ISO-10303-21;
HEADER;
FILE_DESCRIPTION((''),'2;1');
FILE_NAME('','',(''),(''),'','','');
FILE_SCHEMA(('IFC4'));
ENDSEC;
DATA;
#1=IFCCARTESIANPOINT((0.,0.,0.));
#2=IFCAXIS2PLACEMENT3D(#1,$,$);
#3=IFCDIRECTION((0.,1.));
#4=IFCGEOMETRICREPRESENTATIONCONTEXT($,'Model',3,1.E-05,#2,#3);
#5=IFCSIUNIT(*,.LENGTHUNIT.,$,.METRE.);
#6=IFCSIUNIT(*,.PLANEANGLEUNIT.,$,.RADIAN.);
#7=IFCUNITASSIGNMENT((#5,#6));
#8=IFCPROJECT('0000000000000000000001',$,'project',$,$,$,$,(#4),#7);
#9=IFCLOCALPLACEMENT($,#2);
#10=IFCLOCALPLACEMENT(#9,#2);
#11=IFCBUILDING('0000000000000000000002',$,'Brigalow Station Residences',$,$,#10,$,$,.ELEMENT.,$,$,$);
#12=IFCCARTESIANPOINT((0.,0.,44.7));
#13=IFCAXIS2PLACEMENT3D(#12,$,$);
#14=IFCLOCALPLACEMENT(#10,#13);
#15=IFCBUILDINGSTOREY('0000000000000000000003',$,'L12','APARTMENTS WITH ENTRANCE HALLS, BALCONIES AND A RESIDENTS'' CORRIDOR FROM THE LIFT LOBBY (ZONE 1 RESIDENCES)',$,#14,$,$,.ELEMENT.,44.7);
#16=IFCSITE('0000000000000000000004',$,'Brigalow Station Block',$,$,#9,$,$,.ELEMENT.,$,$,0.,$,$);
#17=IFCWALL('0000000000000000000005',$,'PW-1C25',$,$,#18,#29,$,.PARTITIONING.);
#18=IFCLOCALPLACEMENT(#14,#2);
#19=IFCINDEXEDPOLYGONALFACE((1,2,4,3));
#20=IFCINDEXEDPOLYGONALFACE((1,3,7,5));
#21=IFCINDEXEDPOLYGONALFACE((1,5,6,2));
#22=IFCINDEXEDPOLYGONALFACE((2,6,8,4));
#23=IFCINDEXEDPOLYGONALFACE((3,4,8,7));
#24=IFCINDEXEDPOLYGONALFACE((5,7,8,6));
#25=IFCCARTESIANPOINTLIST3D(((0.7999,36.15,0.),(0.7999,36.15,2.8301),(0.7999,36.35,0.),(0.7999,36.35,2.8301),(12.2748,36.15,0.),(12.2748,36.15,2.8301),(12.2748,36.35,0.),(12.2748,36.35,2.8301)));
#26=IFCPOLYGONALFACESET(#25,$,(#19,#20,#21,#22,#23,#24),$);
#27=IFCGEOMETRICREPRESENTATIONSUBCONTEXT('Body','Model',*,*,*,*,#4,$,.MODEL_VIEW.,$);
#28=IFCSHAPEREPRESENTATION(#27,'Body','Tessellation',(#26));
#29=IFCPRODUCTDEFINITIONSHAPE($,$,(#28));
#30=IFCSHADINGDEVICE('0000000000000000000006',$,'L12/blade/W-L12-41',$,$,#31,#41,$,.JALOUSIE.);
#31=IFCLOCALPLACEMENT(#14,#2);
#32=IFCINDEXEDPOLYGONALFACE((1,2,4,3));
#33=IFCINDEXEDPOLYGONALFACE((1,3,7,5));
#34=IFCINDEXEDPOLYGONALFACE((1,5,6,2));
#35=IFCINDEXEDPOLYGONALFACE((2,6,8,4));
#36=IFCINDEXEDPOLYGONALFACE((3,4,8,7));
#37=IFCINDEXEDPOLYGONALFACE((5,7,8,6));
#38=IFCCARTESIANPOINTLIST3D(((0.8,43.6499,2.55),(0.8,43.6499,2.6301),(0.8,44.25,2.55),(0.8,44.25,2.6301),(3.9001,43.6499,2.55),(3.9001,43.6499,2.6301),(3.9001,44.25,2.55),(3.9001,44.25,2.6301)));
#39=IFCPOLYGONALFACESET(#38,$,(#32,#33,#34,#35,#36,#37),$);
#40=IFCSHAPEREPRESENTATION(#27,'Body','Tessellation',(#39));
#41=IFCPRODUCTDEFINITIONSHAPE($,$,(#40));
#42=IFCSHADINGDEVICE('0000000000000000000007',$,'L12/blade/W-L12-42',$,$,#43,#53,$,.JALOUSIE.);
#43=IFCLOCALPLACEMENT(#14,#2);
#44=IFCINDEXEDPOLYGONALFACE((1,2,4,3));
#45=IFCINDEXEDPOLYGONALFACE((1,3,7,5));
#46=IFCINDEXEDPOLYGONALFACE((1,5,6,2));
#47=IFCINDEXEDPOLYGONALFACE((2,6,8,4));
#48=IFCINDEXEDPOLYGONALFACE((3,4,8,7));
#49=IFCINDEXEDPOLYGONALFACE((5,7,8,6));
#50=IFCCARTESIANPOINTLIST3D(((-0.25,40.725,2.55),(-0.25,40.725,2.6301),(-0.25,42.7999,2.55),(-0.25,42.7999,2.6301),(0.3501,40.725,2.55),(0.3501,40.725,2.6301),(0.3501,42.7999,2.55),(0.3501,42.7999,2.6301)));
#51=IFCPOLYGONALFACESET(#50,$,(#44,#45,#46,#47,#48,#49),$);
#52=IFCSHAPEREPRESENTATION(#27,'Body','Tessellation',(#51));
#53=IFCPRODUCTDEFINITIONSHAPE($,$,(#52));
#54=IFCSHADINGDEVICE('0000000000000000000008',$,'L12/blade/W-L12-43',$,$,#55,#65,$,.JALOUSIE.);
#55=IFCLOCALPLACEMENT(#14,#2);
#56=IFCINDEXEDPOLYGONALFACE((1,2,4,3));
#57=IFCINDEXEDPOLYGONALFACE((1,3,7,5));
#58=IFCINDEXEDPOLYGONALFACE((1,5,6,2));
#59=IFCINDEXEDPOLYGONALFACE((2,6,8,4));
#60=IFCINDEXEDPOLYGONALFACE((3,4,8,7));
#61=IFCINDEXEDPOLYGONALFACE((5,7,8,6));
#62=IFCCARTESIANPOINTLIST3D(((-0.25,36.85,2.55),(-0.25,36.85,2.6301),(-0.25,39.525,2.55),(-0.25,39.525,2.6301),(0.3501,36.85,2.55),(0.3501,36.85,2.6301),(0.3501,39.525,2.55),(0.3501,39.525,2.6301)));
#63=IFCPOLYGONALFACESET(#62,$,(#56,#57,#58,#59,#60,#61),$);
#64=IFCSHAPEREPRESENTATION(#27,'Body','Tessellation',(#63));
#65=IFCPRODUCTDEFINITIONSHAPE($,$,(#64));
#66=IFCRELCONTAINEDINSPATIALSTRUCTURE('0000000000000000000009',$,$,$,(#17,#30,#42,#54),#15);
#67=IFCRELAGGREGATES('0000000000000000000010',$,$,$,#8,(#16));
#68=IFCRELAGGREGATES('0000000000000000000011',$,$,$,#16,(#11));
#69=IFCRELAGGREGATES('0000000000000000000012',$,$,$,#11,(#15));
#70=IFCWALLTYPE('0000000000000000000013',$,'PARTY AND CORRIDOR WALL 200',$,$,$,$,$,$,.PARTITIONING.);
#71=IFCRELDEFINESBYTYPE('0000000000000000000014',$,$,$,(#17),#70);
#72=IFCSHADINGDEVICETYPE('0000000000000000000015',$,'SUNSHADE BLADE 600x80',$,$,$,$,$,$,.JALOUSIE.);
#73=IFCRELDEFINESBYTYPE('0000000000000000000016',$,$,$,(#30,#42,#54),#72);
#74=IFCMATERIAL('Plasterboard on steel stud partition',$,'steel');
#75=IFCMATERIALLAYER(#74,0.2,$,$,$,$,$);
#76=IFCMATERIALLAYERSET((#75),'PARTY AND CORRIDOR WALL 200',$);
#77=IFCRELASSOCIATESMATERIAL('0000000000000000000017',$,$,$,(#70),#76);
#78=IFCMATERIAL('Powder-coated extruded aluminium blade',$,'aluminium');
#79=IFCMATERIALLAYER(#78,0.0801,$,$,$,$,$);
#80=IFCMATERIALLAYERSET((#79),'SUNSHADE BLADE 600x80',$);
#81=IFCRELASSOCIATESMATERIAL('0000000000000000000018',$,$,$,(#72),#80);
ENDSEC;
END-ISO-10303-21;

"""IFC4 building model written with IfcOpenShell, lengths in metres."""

from ifc_helpers import new_model, si_unit, direction, frame, frame_2d, origin, origin_2d, place, context, subcontext, project, spatial, rectangle, extrude, material, layer, layer_set, type_object, element, save


model = new_model("IFC4")

# Units and contexts
model_context = context("Model", 3, precision=1e-05, world=origin(), true_north=direction((0.0, 1.0)))
body_context = subcontext(model_context, "Body", "Model", "MODEL_VIEW")
ifc_project = project(units=[si_unit("LENGTHUNIT", "METRE"), si_unit("PLANEANGLEUNIT", "RADIAN")], contexts=[model_context])

# Site, building, storey
site_placement = place(None, origin())
site = spatial("IfcSite", under=ifc_project, at=site_placement, Name="Brigalow Station Block", CompositionType="ELEMENT", RefElevation=0.0)
building_placement = place(site_placement, origin())
building = spatial("IfcBuilding", under=site, at=building_placement, Name="Brigalow Station Residences", CompositionType="ELEMENT")
storey_placement = place(building_placement, frame((0.0, 0.0, 44.7)))
storey = spatial("IfcBuildingStorey", under=building, at=storey_placement, Name="L12", Description="APARTMENTS WITH ENTRANCE HALLS, BALCONIES AND A RESIDENTS' CORRIDOR FROM THE LIFT LOBBY (ZONE 1 RESIDENCES)", CompositionType="ELEMENT", Elevation=44.7)

# Wall
ifc_material_1 = material(Name="Plasterboard on steel stud partition", Category="steel")
ifc_layer_1 = layer(ifc_material_1, 0.2)
ifc_layer_set_1 = layer_set([ifc_layer_1], Name="PARTY AND CORRIDOR WALL 200")
wall_type_1 = type_object("IfcWallType", Name="PARTY AND CORRIDOR WALL 200", PredefinedType="PARTITIONING", material=ifc_layer_set_1)
wall_1_placement = place(storey_placement, frame((0.8, 36.25, 0.0), z_axis=(0.0, 0.0, 1.0), x_axis=(1.0, 0.0, 0.0)))
element("IfcWall", 1, at=wall_1_placement, inside=storey, type_object=wall_type_1, Name="PW-1C25", PredefinedType="PARTITIONING", context=body_context, shape_type="SweptSolid", body=[
    extrude(rectangle(XDim=11.4749, YDim=0.2, at=frame_2d((5.7373, 0.0))), origin(), (0.0, 0.0, 1.0), 2.8301),
])

# Shading devices
ifc_material_2 = material(Name="Powder-coated extruded aluminium blade", Category="aluminium")
ifc_layer_2 = layer(ifc_material_2, 0.0801)
ifc_layer_set_2 = layer_set([ifc_layer_2], Name="SUNSHADE BLADE 600x80")
shading_device_type = type_object("IfcShadingDeviceType", Name="SUNSHADE BLADE 600x80", PredefinedType="JALOUSIE", material=ifc_layer_set_2)
shading_device_1_placement = place(storey_placement, frame((2.3501, 43.95, 2.55), z_axis=(0.0, 0.0, 1.0), x_axis=(-1.0, 0.0, 0.0)))
element("IfcShadingDevice", 2, at=shading_device_1_placement, inside=storey, type_object=shading_device_type, Name="L12/blade/W-L12-41", PredefinedType="JALOUSIE", context=body_context, shape_type="SweptSolid", body=[
    extrude(rectangle(XDim=3.1001, YDim=0.6001, at=origin_2d()), origin(), (0.0, 0.0, 1.0), 0.0801),
])
shading_device_2_placement = place(storey_placement, frame((0.05, 41.7625, 2.55), z_axis=(0.0, 0.0, 1.0), x_axis=(0.0, -1.0, 0.0)))
element("IfcShadingDevice", 3, at=shading_device_2_placement, inside=storey, type_object=shading_device_type, Name="L12/blade/W-L12-42", PredefinedType="JALOUSIE", context=body_context, shape_type="SweptSolid", body=[
    extrude(rectangle(XDim=2.075, YDim=0.6001, at=origin_2d()), origin(), (0.0, 0.0, 1.0), 0.0801),
])
shading_device_3_placement = place(storey_placement, frame((0.05, 38.1875, 2.55), z_axis=(0.0, 0.0, 1.0), x_axis=(0.0, -1.0, 0.0)))
element("IfcShadingDevice", 4, at=shading_device_3_placement, inside=storey, type_object=shading_device_type, Name="L12/blade/W-L12-43", PredefinedType="JALOUSIE", context=body_context, shape_type="SweptSolid", body=[
    extrude(rectangle(XDim=2.675, YDim=0.6001, at=origin_2d()), origin(), (0.0, 0.0, 1.0), 0.0801),
])

save(model, "model.ifc")
